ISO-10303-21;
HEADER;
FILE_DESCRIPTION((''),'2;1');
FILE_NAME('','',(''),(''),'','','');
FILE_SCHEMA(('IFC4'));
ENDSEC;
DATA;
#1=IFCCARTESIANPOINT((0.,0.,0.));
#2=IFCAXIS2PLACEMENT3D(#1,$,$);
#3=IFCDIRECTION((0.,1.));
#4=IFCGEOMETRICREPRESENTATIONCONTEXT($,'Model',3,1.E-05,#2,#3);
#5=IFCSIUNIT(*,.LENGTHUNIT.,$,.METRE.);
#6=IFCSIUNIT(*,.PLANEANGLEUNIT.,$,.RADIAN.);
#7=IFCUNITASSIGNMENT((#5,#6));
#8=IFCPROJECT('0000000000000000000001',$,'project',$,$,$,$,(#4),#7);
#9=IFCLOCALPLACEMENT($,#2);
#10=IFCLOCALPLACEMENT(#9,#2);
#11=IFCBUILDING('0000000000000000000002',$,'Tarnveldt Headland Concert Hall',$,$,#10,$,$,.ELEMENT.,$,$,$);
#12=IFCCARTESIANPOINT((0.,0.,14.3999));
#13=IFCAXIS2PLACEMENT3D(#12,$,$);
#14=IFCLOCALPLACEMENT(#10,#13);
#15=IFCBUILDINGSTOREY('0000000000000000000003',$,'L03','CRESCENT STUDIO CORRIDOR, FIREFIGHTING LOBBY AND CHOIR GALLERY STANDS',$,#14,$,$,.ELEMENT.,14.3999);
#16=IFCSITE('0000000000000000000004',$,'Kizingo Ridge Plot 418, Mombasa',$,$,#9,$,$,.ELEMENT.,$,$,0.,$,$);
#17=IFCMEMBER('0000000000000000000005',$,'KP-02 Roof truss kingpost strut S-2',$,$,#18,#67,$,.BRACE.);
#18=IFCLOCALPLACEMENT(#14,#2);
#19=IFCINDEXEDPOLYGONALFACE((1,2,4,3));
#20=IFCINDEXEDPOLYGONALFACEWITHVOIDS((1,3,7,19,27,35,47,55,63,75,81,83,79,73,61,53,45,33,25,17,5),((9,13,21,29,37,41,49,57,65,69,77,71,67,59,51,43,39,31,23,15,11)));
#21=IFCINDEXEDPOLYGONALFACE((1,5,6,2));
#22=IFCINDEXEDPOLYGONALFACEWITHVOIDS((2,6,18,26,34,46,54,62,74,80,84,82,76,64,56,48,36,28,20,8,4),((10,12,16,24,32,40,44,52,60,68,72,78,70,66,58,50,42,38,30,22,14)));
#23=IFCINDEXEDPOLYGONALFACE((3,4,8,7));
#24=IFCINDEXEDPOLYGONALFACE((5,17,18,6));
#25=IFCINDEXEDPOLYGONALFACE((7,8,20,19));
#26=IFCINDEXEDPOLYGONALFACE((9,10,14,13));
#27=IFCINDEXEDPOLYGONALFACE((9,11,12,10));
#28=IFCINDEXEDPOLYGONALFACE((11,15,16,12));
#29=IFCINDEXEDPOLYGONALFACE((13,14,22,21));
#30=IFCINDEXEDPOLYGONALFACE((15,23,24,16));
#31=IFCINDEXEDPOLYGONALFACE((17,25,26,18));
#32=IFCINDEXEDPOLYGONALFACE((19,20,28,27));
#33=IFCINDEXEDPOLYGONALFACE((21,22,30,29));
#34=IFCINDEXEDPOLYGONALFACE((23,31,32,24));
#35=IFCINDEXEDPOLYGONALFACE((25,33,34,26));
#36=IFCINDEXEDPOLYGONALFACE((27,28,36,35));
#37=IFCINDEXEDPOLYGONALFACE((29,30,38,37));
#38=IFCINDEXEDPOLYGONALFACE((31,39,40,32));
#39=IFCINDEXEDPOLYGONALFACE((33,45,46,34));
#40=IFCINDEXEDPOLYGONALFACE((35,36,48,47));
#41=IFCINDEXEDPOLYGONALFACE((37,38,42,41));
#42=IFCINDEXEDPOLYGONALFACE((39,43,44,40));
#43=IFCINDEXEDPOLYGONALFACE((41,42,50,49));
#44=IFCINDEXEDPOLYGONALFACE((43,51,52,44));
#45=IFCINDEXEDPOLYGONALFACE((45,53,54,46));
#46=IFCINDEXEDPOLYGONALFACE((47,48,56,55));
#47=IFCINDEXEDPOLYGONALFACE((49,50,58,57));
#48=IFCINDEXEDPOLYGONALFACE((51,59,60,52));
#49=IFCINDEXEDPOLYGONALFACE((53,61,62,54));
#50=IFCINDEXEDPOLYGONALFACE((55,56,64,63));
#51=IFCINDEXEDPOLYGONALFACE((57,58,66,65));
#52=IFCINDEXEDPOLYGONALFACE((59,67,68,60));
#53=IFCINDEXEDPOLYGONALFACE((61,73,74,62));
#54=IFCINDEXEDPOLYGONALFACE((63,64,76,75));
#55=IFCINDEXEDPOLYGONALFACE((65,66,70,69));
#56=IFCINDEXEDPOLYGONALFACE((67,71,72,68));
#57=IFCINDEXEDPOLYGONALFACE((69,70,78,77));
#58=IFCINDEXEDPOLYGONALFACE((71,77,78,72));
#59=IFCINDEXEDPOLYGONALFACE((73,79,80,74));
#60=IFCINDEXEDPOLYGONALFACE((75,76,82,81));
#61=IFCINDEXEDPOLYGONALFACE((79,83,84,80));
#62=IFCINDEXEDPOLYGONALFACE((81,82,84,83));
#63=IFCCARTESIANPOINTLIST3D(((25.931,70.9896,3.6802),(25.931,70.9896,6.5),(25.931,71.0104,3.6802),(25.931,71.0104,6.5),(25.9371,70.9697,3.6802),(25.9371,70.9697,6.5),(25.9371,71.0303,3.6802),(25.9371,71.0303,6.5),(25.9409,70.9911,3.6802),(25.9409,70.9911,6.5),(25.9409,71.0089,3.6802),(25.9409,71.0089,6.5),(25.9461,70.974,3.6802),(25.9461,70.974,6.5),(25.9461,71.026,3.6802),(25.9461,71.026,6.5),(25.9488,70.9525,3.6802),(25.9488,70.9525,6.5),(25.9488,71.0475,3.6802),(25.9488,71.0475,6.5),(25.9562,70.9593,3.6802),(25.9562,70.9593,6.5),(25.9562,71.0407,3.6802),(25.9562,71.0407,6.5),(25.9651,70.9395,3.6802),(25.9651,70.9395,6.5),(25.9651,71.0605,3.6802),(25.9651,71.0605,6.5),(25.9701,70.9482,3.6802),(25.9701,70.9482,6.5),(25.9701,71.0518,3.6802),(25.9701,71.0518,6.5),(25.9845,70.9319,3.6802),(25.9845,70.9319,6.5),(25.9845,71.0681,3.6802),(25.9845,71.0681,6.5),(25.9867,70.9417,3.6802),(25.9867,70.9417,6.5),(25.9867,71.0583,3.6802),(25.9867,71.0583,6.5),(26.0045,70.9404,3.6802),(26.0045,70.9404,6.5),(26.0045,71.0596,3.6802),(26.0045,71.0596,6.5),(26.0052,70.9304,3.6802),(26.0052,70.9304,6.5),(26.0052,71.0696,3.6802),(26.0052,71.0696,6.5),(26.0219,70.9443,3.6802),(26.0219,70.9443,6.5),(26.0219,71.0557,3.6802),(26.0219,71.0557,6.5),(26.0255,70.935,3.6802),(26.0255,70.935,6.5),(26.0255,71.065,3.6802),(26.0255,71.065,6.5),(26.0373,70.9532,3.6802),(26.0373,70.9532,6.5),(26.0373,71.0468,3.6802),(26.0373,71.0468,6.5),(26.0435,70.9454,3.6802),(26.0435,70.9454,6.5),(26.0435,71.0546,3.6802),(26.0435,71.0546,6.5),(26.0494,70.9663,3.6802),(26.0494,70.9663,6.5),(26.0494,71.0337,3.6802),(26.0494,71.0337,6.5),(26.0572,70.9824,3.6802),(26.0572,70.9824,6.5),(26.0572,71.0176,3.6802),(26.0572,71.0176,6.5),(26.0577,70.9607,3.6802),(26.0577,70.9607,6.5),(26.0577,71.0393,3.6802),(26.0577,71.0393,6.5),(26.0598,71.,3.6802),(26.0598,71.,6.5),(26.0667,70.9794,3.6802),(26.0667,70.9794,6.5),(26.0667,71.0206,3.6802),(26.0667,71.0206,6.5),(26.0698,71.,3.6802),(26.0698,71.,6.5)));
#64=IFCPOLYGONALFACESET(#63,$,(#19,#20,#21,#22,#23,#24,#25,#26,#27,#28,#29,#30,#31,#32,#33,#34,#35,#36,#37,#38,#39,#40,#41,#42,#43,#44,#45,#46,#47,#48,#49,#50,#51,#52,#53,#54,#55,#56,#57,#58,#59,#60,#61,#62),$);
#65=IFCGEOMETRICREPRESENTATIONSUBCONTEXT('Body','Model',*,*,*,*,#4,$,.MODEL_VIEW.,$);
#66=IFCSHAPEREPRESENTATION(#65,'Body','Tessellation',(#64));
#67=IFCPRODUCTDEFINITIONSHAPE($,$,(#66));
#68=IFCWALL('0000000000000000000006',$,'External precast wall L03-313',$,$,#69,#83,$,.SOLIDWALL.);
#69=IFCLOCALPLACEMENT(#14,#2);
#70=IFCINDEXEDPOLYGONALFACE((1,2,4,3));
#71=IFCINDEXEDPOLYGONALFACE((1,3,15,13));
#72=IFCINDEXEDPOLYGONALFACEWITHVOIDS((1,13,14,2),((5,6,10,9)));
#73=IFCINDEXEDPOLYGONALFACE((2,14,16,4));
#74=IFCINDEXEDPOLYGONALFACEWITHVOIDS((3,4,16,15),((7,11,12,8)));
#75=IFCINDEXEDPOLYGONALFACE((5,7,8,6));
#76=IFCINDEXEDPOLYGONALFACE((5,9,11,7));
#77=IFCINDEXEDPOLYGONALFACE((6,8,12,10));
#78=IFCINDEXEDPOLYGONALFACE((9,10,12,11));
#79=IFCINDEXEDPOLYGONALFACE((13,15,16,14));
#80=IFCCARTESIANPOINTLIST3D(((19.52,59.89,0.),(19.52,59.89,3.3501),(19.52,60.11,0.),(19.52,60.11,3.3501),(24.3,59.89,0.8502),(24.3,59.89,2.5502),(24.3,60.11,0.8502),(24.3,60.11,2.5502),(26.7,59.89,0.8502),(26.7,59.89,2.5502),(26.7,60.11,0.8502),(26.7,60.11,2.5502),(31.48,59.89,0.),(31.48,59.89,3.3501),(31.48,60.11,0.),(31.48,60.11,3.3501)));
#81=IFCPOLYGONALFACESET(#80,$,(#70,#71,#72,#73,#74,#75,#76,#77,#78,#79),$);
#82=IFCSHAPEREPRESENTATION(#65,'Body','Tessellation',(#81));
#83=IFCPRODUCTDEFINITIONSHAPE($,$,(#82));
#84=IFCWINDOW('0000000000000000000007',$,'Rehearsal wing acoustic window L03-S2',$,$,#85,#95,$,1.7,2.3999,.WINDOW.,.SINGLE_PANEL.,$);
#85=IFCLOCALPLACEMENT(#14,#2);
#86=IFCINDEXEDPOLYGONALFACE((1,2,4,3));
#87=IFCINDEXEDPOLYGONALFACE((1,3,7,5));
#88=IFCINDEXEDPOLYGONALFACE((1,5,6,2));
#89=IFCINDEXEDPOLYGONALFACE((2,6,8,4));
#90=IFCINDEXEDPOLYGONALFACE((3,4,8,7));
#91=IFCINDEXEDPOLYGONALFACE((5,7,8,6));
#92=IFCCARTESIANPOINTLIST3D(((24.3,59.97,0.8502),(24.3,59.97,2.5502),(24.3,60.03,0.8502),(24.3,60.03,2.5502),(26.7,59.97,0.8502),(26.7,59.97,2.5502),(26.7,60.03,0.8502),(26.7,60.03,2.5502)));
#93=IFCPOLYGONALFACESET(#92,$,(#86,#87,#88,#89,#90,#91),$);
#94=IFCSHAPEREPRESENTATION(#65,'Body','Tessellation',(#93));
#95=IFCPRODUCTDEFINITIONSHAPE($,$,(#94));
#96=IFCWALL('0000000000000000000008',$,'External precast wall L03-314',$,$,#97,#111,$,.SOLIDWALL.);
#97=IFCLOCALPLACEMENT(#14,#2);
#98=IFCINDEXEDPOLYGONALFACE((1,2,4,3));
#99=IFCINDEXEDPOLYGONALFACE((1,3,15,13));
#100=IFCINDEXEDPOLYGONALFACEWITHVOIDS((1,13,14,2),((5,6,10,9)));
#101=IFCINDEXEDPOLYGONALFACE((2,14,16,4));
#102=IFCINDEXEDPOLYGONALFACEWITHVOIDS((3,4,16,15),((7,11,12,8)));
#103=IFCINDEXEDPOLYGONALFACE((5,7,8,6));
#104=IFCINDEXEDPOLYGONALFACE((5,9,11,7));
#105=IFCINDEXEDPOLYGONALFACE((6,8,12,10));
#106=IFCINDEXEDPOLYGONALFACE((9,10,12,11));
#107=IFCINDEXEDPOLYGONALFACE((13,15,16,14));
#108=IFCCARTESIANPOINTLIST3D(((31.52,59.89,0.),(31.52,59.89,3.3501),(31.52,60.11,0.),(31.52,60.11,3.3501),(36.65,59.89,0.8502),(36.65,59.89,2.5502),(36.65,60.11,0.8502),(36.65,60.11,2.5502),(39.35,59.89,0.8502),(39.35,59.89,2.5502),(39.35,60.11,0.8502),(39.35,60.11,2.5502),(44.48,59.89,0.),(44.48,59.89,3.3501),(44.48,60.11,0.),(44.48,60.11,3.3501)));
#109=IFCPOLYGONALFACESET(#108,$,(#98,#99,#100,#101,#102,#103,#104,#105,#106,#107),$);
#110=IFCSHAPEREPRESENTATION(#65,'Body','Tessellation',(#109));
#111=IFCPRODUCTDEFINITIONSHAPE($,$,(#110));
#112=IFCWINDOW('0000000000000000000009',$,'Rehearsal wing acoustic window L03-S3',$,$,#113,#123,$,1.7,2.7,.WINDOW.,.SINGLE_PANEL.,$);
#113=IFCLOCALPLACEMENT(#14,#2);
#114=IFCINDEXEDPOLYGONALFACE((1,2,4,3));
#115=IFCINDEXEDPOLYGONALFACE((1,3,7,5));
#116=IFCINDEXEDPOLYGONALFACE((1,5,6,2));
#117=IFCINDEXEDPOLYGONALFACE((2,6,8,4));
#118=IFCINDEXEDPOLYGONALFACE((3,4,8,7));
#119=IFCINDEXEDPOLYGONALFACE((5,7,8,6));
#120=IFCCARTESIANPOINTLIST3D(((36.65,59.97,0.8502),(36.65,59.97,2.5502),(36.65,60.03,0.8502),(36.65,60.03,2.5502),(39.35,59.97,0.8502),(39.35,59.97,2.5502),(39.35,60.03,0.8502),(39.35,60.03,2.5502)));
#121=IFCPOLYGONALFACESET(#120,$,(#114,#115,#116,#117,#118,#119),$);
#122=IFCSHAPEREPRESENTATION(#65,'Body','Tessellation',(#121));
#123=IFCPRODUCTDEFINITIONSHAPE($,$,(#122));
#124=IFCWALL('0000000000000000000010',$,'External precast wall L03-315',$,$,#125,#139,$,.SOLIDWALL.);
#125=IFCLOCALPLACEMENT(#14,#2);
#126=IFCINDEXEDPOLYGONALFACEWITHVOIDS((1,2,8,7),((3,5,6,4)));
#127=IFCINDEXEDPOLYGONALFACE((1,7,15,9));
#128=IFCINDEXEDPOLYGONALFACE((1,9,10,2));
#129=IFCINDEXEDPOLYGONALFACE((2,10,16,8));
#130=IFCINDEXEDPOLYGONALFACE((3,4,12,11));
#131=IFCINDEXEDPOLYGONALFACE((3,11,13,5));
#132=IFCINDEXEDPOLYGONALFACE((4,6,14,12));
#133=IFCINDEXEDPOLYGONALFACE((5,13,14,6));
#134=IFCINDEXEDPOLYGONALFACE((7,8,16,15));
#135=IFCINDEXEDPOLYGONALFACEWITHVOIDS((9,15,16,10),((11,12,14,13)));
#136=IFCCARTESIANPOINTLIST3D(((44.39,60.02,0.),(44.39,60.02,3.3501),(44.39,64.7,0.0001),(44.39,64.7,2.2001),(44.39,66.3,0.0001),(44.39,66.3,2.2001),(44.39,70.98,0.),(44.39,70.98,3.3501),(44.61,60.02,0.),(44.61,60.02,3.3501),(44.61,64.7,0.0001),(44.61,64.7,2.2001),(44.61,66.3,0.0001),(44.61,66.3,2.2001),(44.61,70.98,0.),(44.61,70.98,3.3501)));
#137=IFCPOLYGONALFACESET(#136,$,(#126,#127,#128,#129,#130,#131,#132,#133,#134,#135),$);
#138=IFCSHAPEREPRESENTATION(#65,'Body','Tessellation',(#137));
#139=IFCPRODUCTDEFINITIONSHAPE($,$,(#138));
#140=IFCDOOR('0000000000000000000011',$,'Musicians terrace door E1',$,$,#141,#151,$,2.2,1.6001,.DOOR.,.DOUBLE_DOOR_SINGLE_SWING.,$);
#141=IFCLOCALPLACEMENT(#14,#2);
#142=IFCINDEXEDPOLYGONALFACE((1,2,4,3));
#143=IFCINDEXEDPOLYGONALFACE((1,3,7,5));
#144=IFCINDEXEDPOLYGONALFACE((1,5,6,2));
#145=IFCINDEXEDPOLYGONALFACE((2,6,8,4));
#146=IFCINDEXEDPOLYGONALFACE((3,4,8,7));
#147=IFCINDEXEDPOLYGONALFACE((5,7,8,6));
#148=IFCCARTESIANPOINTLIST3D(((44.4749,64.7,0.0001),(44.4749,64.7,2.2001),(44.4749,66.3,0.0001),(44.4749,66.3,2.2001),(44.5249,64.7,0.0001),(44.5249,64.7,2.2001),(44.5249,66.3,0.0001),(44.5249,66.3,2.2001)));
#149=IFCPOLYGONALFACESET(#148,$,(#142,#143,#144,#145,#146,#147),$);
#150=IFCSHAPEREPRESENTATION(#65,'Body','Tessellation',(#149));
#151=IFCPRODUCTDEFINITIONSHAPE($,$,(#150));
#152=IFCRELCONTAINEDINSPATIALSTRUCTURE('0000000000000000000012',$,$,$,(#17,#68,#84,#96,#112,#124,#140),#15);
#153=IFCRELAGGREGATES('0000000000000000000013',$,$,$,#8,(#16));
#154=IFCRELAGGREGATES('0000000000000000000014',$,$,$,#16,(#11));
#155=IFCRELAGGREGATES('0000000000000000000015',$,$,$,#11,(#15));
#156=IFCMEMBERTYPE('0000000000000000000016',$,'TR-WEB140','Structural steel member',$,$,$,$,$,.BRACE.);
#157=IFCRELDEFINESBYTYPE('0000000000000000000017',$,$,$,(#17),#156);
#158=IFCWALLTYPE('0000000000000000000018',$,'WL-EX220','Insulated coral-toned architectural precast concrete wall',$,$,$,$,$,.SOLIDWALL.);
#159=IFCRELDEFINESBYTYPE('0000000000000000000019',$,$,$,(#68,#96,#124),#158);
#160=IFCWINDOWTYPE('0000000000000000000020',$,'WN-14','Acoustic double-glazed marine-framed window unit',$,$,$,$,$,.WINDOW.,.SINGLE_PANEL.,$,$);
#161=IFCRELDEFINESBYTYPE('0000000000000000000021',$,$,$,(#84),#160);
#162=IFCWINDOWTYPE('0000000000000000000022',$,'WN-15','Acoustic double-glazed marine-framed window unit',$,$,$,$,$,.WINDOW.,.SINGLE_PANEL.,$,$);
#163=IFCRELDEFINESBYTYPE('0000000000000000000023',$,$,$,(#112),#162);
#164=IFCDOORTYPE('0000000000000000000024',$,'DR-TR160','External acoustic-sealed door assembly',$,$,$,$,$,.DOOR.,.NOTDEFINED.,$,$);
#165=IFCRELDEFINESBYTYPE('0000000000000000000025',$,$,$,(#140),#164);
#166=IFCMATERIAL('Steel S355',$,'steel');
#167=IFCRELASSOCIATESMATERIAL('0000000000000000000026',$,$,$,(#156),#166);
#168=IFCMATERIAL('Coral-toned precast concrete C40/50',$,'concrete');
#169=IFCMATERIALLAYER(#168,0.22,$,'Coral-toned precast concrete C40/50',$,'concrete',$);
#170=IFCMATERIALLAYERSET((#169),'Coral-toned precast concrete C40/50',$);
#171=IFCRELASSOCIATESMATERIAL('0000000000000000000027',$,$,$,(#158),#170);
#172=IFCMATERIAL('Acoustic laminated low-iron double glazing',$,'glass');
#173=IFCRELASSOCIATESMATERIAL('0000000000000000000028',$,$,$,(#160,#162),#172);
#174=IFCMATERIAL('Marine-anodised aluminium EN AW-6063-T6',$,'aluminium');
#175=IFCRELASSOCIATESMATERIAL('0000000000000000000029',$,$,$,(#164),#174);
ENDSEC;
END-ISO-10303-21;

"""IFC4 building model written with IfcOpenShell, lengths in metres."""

from ifc_helpers import new_model, si_unit, direction, frame, frame_2d, origin, origin_2d, place, context, subcontext, project, spatial, rectangle, hollow_circle, extrude, material, layer, layer_set, material_profile, profile_set, type_object, element, fill, save


model = new_model("IFC4")

# Units and contexts
model_context = context("Model", 3, precision=1e-05, world=origin(), true_north=direction((0.0, 1.0)))
body_context = subcontext(model_context, "Body", "Model", "MODEL_VIEW")
ifc_project = project(units=[si_unit("LENGTHUNIT", "METRE"), si_unit("PLANEANGLEUNIT", "RADIAN")], contexts=[model_context])

# Site, building, storey
site_placement = place(None, origin())
site = spatial("IfcSite", under=ifc_project, at=site_placement, Name="Kizingo Ridge Plot 418, Mombasa", CompositionType="ELEMENT", RefElevation=0.0)
building_placement = place(site_placement, origin())
building = spatial("IfcBuilding", under=site, at=building_placement, Name="Tarnveldt Headland Concert Hall", CompositionType="ELEMENT")
storey_placement = place(building_placement, frame((0.0, 0.0, 14.3999)))
storey = spatial("IfcBuildingStorey", under=building, at=storey_placement, Name="L03", Description="CRESCENT STUDIO CORRIDOR, FIREFIGHTING LOBBY AND CHOIR GALLERY STANDS", CompositionType="ELEMENT", Elevation=14.3999)

# Shared definitions
ifc_material_1 = material(Name="Steel S355", Category="steel")

# Member
ifc_material_profile_1 = material_profile(ifc_material_1, hollow_circle(Radius=0.0698, WallThickness=0.01, at=origin_2d()), Name="CHS 139.7x10", Category="steel")
ifc_profile_set_1 = profile_set([ifc_material_profile_1], Name="Steel S355")
member_type_1 = type_object("IfcMemberType", Name="TR-WEB140", Description="Structural steel member", PredefinedType="BRACE", material=ifc_profile_set_1)
for number, where, z_axis, x_axis, name in (
    (1, (26.0, 71.0, 3.6802), (0.0, 0.0, 1.0), (1.0, 0.0, 0.0), "KP-02 Roof truss kingpost strut S-2"),
):
    element("IfcMember", number, at=place(storey_placement, frame(where, z_axis=z_axis, x_axis=x_axis)), inside=storey, type_object=member_type_1, Name=name, PredefinedType="BRACE", context=body_context, shape_type="SweptSolid", body=[
        extrude(hollow_circle(Radius=0.0698, WallThickness=0.01, at=origin_2d()), origin(), (0.0, 0.0, 1.0), 2.8198),
    ])

# Walls, openings, windows
ifc_material_2 = material(Name="Coral-toned precast concrete C40/50", Category="concrete")
ifc_layer_1 = layer(ifc_material_2, 0.22, Name="Coral-toned precast concrete C40/50", Category="concrete")
ifc_layer_set_1 = layer_set([ifc_layer_1], Name="Coral-toned precast concrete C40/50")
wall_type_1 = type_object("IfcWallType", Name="WL-EX220", Description="Insulated coral-toned architectural precast concrete wall", PredefinedType="SOLIDWALL", material=ifc_layer_set_1)
wall_1_placement = place(storey_placement, frame((31.48, 60.0, 0.0), z_axis=(0.0, 0.0, 1.0), x_axis=(-1.0, 0.0, 0.0)))
wall_1 = element("IfcWall", 2, at=wall_1_placement, inside=storey, type_object=wall_type_1, Name="External precast wall L03-313", PredefinedType="SOLIDWALL", context=body_context, shape_type="SweptSolid", body=[
    extrude(rectangle(XDim=11.96, YDim=0.22, at=frame_2d((5.98, 0.0))), origin(), (0.0, 0.0, 1.0), 3.3501),
])
opening_1_placement = place(wall_1_placement, frame((4.78, 0.0, 0.8501)))
opening_1 = element("IfcOpeningElement", 3, at=opening_1_placement, cuts=wall_1, PredefinedType="OPENING", context=body_context, shape_type="SweptSolid", body=[
    extrude(rectangle(XDim=2.3999, YDim=1.7, at=frame_2d((1.2, 0.8501))), frame((0.0, 0.1199, 0.0), z_axis=(0.0, -1.0, 0.0), x_axis=(1.0, 0.0, 0.0)), (0.0, 0.0, 1.0), 0.24),
])
ifc_material_3 = material(Name="Acoustic laminated low-iron double glazing", Category="glass")
window_type_1 = type_object("IfcWindowType", Name="WN-14", Description="Acoustic double-glazed marine-framed window unit", PartitioningType="SINGLE_PANEL", PredefinedType="WINDOW", material=ifc_material_3)
window_1_placement = place(opening_1_placement, origin())
window_1 = element("IfcWindow", 4, at=window_1_placement, inside=storey, type_object=window_type_1, Name="Rehearsal wing acoustic window L03-S2", OverallHeight=1.7, OverallWidth=2.3999, PartitioningType="SINGLE_PANEL", PredefinedType="WINDOW", context=body_context, shape_type="SweptSolid", body=[
    extrude(rectangle(XDim=2.3999, YDim=1.7, at=frame_2d((1.2, 0.8501))), frame((0.0, 0.03, 0.0), z_axis=(0.0, -1.0, 0.0), x_axis=(1.0, 0.0, 0.0)), (0.0, 0.0, 1.0), 0.0601),
])
fill(opening_1, window_1)
wall_2_placement = place(storey_placement, frame((44.48, 60.0, 0.0), z_axis=(0.0, 0.0, 1.0), x_axis=(-1.0, 0.0, 0.0)))
wall_2 = element("IfcWall", 5, at=wall_2_placement, inside=storey, type_object=wall_type_1, Name="External precast wall L03-314", PredefinedType="SOLIDWALL", context=body_context, shape_type="SweptSolid", body=[
    extrude(rectangle(XDim=12.96, YDim=0.22, at=frame_2d((6.48, 0.0))), origin(), (0.0, 0.0, 1.0), 3.3501),
])
opening_2_placement = place(wall_2_placement, frame((5.1299, 0.0, 0.8501)))
opening_2 = element("IfcOpeningElement", 6, at=opening_2_placement, cuts=wall_2, PredefinedType="OPENING", context=body_context, shape_type="SweptSolid", body=[
    extrude(rectangle(XDim=2.7, YDim=1.7, at=frame_2d((1.3501, 0.8501))), frame((0.0, 0.1199, 0.0), z_axis=(0.0, -1.0, 0.0), x_axis=(1.0, 0.0, 0.0)), (0.0, 0.0, 1.0), 0.24),
])
window_type_2 = type_object("IfcWindowType", Name="WN-15", Description="Acoustic double-glazed marine-framed window unit", PartitioningType="SINGLE_PANEL", PredefinedType="WINDOW", material=ifc_material_3)
window_2_placement = place(opening_2_placement, origin())
window_2 = element("IfcWindow", 7, at=window_2_placement, inside=storey, type_object=window_type_2, Name="Rehearsal wing acoustic window L03-S3", OverallHeight=1.7, OverallWidth=2.7, PartitioningType="SINGLE_PANEL", PredefinedType="WINDOW", context=body_context, shape_type="SweptSolid", body=[
    extrude(rectangle(XDim=2.7, YDim=1.7, at=frame_2d((1.3501, 0.8501))), frame((0.0, 0.03, 0.0), z_axis=(0.0, -1.0, 0.0), x_axis=(1.0, 0.0, 0.0)), (0.0, 0.0, 1.0), 0.0601),
])
fill(opening_2, window_2)

# Wall, opening, door
wall_3_placement = place(storey_placement, frame((44.5, 70.98, 0.0), z_axis=(0.0, 0.0, 1.0), x_axis=(0.0, -1.0, 0.0)))
wall_3 = element("IfcWall", 8, at=wall_3_placement, inside=storey, type_object=wall_type_1, Name="External precast wall L03-315", PredefinedType="SOLIDWALL", context=body_context, shape_type="SweptSolid", body=[
    extrude(rectangle(XDim=10.96, YDim=0.22, at=frame_2d((5.48, 0.0))), origin(), (0.0, 0.0, 1.0), 3.3501),
])
opening_3_placement = place(wall_3_placement, frame((4.6799, 0.0, 0.0)))
opening_3 = element("IfcOpeningElement", 9, at=opening_3_placement, cuts=wall_3, PredefinedType="OPENING", context=body_context, shape_type="SweptSolid", body=[
    extrude(rectangle(XDim=1.6001, YDim=2.2, at=frame_2d((0.8, 1.1001))), frame((0.0, 0.1199, 0.0), z_axis=(0.0, -1.0, 0.0), x_axis=(1.0, 0.0, 0.0)), (0.0, 0.0, 1.0), 0.24),
])
ifc_material_4 = material(Name="Marine-anodised aluminium EN AW-6063-T6", Category="aluminium")
door_type_1 = type_object("IfcDoorType", Name="DR-TR160", Description="External acoustic-sealed door assembly", OperationType="NOTDEFINED", PredefinedType="DOOR", material=ifc_material_4)
door_1_placement = place(opening_3_placement, origin())
door_1 = element("IfcDoor", 10, at=door_1_placement, inside=storey, type_object=door_type_1, Name="Musicians terrace door E1", OperationType="DOUBLE_DOOR_SINGLE_SWING", OverallHeight=2.2, OverallWidth=1.6001, PredefinedType="DOOR", context=body_context, shape_type="SweptSolid", body=[
    extrude(rectangle(XDim=1.6001, YDim=2.2, at=frame_2d((0.8, 1.1001))), frame((0.0, 0.0249, 0.0), z_axis=(0.0, -1.0, 0.0), x_axis=(1.0, 0.0, 0.0)), (0.0, 0.0, 1.0), 0.05),
])
fill(opening_3, door_1)

save(model, "model.ifc")
